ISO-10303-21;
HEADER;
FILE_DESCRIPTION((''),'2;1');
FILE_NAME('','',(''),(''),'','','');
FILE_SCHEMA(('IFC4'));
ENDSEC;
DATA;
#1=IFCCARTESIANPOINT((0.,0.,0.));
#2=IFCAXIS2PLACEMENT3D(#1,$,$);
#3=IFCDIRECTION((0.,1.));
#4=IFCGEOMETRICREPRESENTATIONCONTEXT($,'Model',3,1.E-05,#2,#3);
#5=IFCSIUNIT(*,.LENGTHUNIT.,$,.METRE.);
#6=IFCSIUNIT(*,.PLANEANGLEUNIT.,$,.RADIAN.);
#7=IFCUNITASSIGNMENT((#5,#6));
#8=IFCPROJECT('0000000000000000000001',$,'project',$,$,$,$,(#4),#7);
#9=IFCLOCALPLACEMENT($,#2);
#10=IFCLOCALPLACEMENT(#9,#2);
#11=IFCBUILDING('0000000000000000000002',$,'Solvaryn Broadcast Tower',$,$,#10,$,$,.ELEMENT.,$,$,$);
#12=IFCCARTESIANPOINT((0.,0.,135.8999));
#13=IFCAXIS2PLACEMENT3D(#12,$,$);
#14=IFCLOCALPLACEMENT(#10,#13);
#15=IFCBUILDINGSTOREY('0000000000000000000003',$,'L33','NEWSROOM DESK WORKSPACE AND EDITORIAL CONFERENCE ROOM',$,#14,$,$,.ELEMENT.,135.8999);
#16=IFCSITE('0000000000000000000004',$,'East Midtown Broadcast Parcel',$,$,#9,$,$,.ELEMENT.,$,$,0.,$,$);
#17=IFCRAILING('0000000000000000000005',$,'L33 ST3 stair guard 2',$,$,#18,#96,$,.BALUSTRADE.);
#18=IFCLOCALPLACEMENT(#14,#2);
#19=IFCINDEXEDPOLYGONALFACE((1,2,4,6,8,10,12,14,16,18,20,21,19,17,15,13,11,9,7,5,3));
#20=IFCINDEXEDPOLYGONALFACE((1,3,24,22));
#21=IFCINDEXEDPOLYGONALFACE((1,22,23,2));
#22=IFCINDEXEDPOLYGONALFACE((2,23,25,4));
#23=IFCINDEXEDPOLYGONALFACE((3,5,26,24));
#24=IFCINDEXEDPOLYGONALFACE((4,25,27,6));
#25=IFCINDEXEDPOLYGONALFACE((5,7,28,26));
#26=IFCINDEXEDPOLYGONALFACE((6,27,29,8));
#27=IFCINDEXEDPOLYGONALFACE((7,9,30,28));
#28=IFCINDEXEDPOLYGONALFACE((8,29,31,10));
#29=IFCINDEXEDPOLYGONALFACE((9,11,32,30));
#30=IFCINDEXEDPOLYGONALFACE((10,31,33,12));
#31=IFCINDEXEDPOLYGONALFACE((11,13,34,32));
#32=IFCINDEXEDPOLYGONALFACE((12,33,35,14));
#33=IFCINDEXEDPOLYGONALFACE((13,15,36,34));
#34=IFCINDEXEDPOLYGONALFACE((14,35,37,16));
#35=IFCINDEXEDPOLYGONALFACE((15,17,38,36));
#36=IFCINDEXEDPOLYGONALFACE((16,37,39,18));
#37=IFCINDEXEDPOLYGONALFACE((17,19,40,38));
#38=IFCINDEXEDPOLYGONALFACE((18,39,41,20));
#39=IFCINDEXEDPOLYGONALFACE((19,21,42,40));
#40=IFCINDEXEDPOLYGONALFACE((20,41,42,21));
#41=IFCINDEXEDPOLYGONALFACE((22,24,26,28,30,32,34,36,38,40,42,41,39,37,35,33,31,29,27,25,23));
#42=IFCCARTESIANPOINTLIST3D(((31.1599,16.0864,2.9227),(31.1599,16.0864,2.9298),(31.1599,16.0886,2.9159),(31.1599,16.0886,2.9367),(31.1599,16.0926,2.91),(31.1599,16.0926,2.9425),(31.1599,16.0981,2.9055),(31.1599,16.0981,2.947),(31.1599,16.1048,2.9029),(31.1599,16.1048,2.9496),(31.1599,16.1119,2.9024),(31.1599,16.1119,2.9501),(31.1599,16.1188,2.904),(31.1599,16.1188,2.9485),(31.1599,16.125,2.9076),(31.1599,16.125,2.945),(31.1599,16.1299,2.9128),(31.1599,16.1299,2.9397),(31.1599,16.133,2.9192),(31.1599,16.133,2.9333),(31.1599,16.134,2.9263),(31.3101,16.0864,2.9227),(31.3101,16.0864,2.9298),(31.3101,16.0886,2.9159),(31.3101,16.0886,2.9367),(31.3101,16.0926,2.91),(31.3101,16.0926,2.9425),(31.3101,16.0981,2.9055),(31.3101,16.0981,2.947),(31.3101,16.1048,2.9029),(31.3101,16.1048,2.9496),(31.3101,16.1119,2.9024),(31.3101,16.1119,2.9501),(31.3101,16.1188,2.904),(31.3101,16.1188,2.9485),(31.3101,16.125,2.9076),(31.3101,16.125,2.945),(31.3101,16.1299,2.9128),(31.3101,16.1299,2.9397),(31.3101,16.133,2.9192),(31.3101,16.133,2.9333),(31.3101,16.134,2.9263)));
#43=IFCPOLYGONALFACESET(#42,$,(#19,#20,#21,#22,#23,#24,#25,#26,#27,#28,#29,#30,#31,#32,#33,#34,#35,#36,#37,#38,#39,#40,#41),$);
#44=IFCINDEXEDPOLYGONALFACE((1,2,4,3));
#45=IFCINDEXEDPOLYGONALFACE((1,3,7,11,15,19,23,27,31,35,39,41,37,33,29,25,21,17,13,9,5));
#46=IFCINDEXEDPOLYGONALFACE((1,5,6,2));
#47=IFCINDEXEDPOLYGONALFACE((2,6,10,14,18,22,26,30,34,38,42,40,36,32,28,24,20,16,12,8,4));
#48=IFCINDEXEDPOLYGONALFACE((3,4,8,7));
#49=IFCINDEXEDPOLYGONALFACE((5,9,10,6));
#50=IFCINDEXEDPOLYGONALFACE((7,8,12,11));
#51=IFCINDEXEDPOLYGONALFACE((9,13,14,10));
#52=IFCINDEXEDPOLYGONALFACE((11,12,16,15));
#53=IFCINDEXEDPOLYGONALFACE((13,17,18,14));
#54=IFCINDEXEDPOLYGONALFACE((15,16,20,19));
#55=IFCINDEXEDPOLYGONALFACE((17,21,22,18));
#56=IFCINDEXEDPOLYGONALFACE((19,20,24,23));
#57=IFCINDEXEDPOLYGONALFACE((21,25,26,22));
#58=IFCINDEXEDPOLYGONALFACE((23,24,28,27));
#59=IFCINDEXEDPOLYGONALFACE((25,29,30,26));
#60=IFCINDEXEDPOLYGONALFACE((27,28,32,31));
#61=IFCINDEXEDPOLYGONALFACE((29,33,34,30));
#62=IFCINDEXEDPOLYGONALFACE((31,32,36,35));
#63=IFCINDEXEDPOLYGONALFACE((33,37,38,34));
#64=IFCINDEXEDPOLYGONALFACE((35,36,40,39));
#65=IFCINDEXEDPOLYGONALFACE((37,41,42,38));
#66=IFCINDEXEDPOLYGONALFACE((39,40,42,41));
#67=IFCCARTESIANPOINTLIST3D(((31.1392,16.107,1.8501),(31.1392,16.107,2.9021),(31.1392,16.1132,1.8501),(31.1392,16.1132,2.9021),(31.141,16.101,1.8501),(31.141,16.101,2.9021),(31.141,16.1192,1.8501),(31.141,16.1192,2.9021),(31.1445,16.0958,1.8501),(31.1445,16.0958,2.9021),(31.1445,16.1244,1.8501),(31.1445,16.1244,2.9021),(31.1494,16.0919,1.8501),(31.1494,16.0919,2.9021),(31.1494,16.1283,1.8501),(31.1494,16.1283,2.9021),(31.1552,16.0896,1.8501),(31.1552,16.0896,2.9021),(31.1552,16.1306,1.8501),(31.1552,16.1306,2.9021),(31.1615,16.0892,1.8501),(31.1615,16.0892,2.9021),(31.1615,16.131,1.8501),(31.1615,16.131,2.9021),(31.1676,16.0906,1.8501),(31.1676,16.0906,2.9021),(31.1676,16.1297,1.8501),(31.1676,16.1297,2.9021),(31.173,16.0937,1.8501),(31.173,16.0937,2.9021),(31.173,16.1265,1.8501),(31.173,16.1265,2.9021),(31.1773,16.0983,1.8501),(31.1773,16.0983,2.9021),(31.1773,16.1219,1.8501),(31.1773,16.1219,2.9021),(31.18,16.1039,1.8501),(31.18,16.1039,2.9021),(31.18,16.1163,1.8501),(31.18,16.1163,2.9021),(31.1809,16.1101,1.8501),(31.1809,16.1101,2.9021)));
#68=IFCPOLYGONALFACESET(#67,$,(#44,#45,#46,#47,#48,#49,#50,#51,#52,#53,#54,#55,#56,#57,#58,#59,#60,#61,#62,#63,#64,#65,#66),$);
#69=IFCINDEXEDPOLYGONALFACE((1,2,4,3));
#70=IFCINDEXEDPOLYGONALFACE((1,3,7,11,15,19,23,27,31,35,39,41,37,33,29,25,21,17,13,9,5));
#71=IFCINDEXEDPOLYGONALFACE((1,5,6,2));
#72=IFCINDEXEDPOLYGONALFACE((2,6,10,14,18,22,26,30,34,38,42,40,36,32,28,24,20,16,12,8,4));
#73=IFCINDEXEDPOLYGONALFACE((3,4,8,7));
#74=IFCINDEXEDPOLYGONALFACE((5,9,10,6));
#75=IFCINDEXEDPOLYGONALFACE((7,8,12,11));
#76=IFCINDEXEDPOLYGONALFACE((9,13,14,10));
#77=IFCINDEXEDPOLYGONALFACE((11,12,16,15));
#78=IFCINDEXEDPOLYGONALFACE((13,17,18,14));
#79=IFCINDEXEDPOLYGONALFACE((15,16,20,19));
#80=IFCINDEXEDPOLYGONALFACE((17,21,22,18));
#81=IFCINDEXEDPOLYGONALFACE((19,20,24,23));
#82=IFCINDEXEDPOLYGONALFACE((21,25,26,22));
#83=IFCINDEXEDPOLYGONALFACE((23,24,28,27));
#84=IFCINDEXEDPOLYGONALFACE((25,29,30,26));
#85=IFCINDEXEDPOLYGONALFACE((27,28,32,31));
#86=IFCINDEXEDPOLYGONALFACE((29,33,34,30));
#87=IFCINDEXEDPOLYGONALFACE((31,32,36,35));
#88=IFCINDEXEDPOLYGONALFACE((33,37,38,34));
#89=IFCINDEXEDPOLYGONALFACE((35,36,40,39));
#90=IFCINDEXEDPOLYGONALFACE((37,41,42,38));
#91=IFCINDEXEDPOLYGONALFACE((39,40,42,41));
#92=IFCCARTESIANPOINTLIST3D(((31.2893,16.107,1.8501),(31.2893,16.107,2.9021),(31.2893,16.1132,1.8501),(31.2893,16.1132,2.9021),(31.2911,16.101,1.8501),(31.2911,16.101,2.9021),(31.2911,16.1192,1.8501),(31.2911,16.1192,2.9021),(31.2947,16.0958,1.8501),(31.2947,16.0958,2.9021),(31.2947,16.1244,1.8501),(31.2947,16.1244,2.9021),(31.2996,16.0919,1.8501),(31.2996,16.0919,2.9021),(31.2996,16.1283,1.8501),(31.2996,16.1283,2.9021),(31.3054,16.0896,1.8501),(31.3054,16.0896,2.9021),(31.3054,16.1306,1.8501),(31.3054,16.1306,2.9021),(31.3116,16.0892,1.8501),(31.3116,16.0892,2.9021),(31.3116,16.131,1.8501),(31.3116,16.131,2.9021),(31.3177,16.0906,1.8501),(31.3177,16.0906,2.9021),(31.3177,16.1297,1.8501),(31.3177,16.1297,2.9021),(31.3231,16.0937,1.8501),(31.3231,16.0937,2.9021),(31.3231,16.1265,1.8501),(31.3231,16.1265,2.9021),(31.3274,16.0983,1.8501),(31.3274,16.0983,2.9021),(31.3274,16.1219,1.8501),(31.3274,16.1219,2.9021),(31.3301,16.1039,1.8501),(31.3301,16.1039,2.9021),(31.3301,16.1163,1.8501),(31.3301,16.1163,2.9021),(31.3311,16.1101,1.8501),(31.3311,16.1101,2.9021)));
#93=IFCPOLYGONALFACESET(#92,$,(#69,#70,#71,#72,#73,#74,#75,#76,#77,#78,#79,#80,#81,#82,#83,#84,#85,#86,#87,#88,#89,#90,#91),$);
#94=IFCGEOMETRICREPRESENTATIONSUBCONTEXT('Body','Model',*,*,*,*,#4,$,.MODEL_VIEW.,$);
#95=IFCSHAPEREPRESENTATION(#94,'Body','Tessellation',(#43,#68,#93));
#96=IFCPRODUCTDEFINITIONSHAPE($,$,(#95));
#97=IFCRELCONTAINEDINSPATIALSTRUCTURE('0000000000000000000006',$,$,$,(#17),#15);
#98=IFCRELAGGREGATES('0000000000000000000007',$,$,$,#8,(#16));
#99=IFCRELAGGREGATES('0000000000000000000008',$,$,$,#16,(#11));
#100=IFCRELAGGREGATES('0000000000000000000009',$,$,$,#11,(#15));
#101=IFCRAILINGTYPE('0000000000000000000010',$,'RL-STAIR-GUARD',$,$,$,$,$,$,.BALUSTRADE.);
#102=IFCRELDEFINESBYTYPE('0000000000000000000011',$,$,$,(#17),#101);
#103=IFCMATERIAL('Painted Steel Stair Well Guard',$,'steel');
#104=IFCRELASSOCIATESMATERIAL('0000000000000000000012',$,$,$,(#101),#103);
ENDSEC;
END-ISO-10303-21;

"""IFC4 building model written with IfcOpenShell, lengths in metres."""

from ifc_helpers import new_model, si_unit, direction, frame, origin, origin_2d, place, context, subcontext, project, spatial, circle, extrude, material, type_object, element, save


model = new_model("IFC4")

# Units and contexts
model_context = context("Model", 3, precision=1e-05, world=origin(), true_north=direction((0.0, 1.0)))
body_context = subcontext(model_context, "Body", "Model", "MODEL_VIEW")
ifc_project = project(units=[si_unit("LENGTHUNIT", "METRE"), si_unit("PLANEANGLEUNIT", "RADIAN")], contexts=[model_context])

# Site, building, storey
site_placement = place(None, origin())
site = spatial("IfcSite", under=ifc_project, at=site_placement, Name="East Midtown Broadcast Parcel", CompositionType="ELEMENT", RefElevation=0.0)
building_placement = place(site_placement, origin())
building = spatial("IfcBuilding", under=site, at=building_placement, Name="Solvaryn Broadcast Tower", CompositionType="ELEMENT")
storey_placement = place(building_placement, frame((0.0, 0.0, 135.8999)))
storey = spatial("IfcBuildingStorey", under=building, at=storey_placement, Name="L33", Description="NEWSROOM DESK WORKSPACE AND EDITORIAL CONFERENCE ROOM", CompositionType="ELEMENT", Elevation=135.8999)

# Railing
ifc_material_1 = material(Name="Painted Steel Stair Well Guard", Category="steel")
railing_type_1 = type_object("IfcRailingType", Name="RL-STAIR-GUARD", PredefinedType="BALUSTRADE", material=ifc_material_1)
railing_1_placement = place(storey_placement, frame((31.1599, 16.1101, 1.8501)))
element("IfcRailing", 1, at=railing_1_placement, inside=storey, type_object=railing_type_1, Name="L33 ST3 stair guard 2", PredefinedType="BALUSTRADE", context=body_context, shape_type="SweptSolid", body=[
    extrude(circle(Radius=0.0239, at=origin_2d()), frame((0.0, 0.0, 1.0762), z_axis=(1.0, 0.0, 0.0), x_axis=(0.0, 1.0, 0.0)), (0.0, 0.0, 1.0), 0.1501),
    extrude(circle(Radius=0.021, at=origin_2d()), origin(), (0.0, 0.0, 1.0), 1.052),
    extrude(circle(Radius=0.021, at=origin_2d()), frame((0.1501, 0.0, 0.0)), (0.0, 0.0, 1.0), 1.052),
])

save(model, "model.ifc")
